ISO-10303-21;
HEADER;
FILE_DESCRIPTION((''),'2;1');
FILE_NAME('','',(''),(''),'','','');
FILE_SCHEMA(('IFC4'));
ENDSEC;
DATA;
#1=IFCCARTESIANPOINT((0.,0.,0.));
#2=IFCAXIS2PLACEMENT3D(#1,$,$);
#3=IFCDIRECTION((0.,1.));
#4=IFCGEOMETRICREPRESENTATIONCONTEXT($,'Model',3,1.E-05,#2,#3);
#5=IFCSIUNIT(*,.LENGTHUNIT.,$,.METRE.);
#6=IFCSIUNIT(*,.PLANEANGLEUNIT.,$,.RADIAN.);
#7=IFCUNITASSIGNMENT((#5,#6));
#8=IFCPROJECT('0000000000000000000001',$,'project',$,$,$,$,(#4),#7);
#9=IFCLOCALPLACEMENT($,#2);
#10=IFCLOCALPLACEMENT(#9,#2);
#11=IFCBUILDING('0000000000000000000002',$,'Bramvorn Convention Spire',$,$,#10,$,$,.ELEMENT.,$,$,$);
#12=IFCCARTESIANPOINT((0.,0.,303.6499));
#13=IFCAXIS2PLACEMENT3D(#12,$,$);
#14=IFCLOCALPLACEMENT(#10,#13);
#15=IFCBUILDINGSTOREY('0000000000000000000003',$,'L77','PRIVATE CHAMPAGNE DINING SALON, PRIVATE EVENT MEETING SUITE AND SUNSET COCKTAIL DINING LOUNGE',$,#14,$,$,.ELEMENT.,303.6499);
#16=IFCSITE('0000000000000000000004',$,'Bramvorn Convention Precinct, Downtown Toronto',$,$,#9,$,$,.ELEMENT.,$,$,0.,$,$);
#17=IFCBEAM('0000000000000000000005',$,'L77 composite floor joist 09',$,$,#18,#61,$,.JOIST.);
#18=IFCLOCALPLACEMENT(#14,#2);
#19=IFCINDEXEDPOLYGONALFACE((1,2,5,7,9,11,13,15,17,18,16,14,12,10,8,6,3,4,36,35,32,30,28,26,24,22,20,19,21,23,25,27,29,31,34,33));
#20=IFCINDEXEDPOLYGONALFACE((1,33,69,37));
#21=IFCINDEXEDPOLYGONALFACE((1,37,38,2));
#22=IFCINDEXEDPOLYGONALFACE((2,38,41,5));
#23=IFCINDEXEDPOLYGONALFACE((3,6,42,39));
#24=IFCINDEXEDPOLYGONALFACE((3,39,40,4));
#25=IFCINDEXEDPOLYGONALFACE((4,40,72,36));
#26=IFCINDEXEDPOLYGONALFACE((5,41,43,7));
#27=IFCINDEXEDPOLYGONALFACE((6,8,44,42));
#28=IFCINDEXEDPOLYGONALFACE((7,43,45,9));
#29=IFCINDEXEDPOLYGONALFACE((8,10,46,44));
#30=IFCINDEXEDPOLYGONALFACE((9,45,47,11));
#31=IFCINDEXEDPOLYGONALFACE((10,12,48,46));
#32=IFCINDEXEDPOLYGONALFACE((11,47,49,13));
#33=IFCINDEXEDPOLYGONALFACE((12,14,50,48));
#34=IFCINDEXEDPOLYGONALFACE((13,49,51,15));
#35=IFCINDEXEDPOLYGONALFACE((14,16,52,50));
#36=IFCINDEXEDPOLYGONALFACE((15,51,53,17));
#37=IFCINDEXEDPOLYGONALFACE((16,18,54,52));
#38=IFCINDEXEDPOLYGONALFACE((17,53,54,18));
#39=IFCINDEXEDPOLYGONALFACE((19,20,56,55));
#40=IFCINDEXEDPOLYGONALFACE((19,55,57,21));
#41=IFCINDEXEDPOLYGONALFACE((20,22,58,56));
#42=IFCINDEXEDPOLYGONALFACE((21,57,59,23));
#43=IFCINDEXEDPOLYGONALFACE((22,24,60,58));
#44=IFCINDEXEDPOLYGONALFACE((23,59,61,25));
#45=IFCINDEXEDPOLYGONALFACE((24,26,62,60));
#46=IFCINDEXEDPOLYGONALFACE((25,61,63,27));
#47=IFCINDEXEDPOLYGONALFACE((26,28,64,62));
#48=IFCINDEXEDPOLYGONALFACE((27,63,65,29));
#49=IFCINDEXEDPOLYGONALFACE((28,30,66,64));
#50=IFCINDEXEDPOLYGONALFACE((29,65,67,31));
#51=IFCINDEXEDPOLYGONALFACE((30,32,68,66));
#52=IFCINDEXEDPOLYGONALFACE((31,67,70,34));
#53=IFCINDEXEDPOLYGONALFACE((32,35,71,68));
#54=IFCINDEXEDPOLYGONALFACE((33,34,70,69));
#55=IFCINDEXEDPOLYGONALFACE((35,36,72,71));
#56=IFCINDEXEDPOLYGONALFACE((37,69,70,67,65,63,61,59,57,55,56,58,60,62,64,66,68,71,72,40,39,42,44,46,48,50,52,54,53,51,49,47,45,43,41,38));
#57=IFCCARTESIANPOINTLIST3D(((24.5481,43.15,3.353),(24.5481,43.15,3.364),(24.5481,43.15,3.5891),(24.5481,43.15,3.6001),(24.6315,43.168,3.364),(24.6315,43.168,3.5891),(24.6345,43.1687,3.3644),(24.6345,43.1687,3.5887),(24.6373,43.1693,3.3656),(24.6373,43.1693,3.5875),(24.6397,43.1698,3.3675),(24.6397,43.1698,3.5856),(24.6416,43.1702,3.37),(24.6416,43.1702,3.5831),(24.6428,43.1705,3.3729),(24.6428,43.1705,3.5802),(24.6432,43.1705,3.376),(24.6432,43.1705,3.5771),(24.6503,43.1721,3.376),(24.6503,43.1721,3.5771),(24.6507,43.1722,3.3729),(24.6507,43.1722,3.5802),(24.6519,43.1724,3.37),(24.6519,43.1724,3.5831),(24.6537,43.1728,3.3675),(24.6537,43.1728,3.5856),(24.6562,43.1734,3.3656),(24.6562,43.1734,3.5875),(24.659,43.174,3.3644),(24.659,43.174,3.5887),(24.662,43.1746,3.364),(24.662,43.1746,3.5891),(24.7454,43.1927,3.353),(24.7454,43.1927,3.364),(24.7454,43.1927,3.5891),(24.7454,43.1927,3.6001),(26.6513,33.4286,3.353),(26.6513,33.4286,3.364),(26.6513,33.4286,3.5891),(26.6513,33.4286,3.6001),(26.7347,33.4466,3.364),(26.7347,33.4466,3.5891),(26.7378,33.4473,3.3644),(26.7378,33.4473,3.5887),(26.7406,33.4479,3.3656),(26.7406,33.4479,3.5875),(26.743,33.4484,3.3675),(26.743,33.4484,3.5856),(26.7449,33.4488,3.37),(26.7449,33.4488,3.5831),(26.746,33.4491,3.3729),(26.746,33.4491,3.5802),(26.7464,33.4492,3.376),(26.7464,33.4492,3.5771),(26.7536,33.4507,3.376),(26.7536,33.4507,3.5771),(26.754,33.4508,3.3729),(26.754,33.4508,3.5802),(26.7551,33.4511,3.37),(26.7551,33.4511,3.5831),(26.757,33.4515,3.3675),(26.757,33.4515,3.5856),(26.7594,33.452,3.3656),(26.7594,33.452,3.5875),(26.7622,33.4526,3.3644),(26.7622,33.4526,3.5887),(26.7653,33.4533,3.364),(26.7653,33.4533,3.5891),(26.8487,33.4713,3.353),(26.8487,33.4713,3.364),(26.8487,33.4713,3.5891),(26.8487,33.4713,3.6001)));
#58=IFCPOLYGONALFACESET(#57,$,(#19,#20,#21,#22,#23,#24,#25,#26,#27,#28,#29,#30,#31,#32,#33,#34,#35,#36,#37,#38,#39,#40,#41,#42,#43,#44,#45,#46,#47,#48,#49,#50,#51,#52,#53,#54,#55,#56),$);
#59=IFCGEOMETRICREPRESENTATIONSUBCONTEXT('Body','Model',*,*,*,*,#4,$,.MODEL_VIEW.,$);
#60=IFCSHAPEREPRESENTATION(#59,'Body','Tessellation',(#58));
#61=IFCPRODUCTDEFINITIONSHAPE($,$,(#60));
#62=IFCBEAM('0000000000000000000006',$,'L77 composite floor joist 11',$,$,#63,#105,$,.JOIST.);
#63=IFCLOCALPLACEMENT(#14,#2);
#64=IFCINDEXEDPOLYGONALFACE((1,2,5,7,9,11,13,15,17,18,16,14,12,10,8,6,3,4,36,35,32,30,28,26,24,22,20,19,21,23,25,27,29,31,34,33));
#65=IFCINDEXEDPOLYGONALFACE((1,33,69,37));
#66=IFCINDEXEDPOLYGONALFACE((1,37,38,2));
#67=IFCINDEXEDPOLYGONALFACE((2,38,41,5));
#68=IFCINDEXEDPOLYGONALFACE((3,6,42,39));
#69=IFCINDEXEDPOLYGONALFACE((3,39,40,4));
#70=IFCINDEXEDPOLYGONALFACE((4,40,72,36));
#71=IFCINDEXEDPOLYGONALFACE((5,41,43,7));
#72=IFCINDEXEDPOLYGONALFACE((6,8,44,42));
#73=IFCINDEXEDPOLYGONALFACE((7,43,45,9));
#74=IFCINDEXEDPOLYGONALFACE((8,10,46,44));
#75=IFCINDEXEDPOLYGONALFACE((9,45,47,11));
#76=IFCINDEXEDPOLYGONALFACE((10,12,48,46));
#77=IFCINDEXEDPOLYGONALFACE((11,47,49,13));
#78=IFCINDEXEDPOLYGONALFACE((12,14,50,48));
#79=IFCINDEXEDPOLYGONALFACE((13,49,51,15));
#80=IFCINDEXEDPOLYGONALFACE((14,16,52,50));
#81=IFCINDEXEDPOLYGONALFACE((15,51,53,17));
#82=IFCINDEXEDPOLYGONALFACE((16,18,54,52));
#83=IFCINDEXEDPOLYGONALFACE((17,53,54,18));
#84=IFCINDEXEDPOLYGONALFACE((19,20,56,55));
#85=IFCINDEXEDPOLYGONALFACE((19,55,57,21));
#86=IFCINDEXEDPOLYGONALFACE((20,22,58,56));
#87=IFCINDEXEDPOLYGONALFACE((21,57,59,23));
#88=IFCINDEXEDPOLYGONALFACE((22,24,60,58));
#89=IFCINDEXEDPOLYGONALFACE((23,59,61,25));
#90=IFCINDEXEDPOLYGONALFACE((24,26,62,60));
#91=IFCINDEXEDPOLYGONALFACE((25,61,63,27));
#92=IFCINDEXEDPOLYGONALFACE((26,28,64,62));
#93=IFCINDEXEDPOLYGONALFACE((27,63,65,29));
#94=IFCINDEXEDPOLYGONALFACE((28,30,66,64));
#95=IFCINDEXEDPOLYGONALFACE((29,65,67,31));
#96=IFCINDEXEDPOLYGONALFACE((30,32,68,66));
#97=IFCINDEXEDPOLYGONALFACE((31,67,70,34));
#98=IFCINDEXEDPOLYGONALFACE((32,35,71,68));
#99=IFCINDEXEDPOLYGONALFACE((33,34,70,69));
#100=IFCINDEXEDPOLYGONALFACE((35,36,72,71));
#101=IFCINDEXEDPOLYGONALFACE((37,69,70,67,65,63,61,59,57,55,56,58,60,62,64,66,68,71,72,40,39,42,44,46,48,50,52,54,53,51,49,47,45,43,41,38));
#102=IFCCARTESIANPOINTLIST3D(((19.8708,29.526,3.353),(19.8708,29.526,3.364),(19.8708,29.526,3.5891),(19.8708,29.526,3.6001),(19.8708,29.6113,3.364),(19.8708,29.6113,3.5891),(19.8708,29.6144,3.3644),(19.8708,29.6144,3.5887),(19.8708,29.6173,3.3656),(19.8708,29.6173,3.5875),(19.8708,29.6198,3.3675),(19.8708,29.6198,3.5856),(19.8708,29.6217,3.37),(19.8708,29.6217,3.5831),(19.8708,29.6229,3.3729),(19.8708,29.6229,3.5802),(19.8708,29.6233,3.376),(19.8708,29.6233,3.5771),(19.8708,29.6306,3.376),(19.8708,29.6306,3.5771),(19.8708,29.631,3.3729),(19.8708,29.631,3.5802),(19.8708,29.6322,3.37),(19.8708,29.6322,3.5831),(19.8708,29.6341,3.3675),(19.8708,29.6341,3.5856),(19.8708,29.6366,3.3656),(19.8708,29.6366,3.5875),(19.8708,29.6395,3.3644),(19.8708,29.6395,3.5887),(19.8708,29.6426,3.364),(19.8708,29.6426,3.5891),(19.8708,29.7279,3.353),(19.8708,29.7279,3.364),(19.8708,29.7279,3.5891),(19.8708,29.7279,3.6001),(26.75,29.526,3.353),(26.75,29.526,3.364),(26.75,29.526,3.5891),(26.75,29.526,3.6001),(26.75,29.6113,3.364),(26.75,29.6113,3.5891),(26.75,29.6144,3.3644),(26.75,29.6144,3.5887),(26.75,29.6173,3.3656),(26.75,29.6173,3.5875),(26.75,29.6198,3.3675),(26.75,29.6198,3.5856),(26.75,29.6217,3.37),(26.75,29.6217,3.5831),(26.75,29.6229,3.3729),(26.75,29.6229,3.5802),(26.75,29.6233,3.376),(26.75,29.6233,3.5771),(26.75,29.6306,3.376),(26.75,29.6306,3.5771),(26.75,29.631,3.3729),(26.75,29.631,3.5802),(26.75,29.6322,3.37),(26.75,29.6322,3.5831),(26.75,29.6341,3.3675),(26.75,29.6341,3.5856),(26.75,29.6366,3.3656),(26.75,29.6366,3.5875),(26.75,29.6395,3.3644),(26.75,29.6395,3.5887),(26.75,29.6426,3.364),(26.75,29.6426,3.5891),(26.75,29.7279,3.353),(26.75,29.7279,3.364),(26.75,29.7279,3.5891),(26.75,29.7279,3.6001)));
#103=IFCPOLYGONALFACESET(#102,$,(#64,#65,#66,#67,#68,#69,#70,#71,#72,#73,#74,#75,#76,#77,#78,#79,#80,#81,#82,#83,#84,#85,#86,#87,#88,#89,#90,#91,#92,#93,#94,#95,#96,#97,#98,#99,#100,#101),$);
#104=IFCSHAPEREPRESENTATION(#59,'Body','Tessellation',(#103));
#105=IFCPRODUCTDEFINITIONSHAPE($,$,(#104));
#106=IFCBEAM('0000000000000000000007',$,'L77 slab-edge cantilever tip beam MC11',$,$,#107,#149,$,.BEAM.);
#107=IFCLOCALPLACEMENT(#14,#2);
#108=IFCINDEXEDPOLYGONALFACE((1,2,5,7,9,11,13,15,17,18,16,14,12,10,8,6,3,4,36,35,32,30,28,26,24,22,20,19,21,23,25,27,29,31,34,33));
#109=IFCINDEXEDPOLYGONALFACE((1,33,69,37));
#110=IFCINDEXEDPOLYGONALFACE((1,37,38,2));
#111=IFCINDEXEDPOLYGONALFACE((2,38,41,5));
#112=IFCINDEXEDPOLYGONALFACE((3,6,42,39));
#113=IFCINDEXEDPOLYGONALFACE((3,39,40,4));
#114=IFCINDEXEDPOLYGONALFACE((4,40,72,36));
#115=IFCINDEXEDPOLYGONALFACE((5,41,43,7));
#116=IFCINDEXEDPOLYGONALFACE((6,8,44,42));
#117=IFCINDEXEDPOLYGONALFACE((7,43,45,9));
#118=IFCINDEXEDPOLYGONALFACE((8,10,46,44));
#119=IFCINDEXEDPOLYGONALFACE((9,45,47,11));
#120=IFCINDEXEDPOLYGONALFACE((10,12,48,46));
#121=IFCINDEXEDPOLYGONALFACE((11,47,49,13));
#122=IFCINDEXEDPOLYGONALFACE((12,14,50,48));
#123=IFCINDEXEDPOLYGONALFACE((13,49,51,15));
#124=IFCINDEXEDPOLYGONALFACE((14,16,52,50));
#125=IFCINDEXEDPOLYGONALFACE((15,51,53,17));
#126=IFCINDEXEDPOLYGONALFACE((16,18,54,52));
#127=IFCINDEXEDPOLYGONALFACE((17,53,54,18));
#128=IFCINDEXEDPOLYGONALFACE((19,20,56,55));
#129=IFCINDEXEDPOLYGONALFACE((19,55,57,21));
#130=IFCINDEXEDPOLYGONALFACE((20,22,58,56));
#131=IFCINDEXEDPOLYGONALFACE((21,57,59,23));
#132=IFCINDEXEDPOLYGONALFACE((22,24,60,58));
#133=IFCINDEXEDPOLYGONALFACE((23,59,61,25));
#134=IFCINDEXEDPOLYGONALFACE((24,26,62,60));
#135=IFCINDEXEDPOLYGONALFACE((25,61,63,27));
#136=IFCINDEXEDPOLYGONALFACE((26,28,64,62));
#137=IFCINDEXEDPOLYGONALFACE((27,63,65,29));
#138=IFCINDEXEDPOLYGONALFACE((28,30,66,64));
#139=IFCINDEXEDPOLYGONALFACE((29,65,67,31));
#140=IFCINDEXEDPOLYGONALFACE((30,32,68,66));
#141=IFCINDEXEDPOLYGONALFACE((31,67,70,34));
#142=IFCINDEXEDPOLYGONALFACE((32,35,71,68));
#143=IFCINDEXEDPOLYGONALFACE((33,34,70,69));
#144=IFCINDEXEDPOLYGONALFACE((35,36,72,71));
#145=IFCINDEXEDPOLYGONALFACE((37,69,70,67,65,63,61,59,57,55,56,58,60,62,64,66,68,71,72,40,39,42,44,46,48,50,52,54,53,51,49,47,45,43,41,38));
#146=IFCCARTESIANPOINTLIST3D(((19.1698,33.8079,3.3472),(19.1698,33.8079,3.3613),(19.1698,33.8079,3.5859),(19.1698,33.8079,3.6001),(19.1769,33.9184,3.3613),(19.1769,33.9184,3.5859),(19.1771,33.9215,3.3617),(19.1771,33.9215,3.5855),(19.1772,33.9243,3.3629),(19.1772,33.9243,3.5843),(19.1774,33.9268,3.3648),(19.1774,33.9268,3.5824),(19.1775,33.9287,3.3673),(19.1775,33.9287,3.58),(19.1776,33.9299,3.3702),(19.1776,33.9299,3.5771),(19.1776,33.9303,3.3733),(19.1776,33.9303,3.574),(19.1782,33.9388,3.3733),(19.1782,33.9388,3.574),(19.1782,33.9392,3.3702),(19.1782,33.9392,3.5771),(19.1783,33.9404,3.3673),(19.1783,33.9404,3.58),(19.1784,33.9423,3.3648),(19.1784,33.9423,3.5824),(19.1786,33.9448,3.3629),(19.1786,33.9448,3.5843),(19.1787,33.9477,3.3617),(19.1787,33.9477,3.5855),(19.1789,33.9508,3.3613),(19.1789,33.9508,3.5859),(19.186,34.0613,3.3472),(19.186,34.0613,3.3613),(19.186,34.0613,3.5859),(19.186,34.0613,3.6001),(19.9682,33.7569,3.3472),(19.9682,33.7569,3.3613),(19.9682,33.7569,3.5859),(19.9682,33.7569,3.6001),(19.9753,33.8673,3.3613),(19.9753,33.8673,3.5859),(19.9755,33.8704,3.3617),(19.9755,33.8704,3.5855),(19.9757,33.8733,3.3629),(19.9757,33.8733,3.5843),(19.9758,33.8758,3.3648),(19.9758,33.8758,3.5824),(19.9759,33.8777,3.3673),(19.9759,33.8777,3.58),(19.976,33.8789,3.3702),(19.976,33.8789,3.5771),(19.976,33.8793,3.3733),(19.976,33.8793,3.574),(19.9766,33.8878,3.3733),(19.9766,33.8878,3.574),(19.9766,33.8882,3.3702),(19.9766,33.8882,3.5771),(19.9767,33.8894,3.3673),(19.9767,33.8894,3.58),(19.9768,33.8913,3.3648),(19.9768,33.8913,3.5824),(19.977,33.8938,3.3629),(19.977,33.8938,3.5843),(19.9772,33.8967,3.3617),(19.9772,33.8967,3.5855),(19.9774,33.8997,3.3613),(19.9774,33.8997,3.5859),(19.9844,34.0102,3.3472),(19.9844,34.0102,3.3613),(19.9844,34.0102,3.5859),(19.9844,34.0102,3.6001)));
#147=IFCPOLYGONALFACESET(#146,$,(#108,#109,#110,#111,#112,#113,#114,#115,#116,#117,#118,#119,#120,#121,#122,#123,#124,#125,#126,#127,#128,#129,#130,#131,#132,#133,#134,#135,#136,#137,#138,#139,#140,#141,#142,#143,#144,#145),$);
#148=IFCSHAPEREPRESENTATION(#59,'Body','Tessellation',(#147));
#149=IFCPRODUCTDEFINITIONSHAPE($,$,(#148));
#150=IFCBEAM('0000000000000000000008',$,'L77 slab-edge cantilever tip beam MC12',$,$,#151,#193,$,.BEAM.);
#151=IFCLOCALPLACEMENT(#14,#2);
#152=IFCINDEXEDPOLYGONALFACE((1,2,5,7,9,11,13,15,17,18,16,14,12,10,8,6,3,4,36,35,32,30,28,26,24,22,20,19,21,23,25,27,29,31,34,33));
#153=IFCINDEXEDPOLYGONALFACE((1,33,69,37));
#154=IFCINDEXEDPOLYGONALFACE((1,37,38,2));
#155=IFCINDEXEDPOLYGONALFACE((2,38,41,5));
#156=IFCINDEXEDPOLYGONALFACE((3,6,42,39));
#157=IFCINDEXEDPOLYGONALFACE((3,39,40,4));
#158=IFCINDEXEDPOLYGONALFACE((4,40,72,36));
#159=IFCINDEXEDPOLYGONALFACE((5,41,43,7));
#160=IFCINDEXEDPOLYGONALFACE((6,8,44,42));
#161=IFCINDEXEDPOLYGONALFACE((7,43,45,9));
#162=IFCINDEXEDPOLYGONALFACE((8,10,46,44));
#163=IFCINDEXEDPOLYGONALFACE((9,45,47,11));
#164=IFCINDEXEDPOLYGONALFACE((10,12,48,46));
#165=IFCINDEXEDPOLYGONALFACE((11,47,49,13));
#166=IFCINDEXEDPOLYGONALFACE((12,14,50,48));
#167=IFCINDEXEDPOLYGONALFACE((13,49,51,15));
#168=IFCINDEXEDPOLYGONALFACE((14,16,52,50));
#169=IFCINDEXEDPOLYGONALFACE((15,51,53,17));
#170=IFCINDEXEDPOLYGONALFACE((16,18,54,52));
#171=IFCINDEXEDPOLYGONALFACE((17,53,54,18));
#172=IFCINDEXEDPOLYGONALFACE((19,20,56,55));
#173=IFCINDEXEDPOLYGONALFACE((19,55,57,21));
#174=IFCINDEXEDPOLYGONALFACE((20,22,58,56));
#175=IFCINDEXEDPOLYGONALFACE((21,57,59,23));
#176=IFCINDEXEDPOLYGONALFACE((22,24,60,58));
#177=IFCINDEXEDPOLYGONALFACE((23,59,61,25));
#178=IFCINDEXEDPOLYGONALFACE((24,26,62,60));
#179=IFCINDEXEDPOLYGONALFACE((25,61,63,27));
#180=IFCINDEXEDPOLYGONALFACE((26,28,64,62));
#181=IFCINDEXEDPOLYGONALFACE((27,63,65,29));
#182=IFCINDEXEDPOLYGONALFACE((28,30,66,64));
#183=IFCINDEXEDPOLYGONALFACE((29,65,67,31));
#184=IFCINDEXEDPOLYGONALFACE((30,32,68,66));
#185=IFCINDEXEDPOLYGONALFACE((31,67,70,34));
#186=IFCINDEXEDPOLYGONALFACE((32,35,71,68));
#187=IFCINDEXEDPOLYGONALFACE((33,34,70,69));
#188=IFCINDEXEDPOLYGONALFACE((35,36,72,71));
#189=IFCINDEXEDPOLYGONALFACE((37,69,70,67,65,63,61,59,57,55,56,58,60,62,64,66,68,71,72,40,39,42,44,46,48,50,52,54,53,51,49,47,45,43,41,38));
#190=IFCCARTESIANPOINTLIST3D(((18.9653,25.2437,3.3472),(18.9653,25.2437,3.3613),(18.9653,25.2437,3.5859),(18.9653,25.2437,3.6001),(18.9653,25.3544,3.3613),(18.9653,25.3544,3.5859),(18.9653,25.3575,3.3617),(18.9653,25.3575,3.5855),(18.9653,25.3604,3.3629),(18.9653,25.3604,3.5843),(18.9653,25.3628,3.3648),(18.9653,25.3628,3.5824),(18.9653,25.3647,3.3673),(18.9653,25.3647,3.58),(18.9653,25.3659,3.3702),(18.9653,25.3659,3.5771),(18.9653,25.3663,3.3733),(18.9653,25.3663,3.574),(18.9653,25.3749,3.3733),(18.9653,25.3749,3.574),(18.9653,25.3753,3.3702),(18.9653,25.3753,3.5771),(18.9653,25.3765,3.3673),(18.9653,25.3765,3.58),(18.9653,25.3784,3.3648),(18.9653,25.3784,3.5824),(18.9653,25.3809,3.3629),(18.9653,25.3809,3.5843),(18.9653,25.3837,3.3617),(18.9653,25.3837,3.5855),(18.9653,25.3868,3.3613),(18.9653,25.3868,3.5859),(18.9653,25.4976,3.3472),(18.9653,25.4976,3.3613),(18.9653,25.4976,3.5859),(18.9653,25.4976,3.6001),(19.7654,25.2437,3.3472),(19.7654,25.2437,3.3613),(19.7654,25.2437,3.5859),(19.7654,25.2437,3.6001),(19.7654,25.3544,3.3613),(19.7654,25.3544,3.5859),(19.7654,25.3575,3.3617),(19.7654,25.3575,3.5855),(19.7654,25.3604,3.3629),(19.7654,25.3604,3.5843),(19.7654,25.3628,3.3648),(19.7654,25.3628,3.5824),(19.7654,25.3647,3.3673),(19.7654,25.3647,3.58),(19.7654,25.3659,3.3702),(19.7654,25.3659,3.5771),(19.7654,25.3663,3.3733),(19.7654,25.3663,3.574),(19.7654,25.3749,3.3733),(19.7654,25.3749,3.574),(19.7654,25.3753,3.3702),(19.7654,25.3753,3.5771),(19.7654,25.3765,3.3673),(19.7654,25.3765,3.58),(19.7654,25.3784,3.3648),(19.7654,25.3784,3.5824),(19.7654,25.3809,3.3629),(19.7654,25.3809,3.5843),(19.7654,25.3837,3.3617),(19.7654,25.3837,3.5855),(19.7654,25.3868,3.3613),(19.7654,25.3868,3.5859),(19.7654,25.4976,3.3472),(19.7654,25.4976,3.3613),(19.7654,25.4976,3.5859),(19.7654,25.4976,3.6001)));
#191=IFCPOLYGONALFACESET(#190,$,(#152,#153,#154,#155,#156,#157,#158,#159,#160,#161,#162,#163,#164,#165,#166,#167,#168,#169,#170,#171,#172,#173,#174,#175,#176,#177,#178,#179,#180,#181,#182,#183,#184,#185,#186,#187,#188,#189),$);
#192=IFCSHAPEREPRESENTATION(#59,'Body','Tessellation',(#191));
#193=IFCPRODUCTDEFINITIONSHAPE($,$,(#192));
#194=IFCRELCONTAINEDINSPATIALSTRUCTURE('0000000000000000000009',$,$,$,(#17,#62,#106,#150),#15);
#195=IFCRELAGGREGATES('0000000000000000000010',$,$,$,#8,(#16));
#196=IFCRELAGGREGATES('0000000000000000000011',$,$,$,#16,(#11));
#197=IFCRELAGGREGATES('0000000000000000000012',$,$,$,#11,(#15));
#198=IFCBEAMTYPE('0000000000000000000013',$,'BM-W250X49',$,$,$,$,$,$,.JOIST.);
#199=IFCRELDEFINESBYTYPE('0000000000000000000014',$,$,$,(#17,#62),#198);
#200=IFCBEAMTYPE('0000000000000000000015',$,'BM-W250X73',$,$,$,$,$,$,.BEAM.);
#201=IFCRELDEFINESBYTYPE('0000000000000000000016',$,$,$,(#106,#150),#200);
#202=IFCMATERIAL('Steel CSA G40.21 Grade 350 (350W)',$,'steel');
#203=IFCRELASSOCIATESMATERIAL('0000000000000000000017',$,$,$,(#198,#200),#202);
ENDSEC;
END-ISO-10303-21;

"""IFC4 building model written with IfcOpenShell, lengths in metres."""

from ifc_helpers import new_model, si_unit, direction, frame, origin, origin_2d, place, context, subcontext, project, spatial, i_section, extrude, material, material_profile, profile_set, type_object, element, save


model = new_model("IFC4")

# Units and contexts
model_context = context("Model", 3, precision=1e-05, world=origin(), true_north=direction((0.0, 1.0)))
body_context = subcontext(model_context, "Body", "Model", "MODEL_VIEW")
ifc_project = project(units=[si_unit("LENGTHUNIT", "METRE"), si_unit("PLANEANGLEUNIT", "RADIAN")], contexts=[model_context])

# Site, building, storey
site_placement = place(None, origin())
site = spatial("IfcSite", under=ifc_project, at=site_placement, Name="Bramvorn Convention Precinct, Downtown Toronto", CompositionType="ELEMENT", RefElevation=0.0)
building_placement = place(site_placement, origin())
building = spatial("IfcBuilding", under=site, at=building_placement, Name="Bramvorn Convention Spire", CompositionType="ELEMENT")
storey_placement = place(building_placement, frame((0.0, 0.0, 303.6499)))
storey = spatial("IfcBuildingStorey", under=building, at=storey_placement, Name="L77", Description="PRIVATE CHAMPAGNE DINING SALON, PRIVATE EVENT MEETING SUITE AND SUNSET COCKTAIL DINING LOUNGE", CompositionType="ELEMENT", Elevation=303.6499)

# Shared definitions
ifc_material_1 = material(Name="Steel CSA G40.21 Grade 350 (350W)", Category="steel")

# Beams
ifc_material_profile_1 = material_profile(ifc_material_1, i_section(OverallWidth=0.2019, OverallDepth=0.2471, WebThickness=0.0073, FlangeThickness=0.011, FilletRadius=0.012, at=origin_2d()))
ifc_profile_set_1 = profile_set([ifc_material_profile_1], Name="Steel CSA G40.21 Grade 350 (350W) - W250X49")
beam_type_1 = type_object("IfcBeamType", Name="BM-W250X49", PredefinedType="JOIST", material=ifc_profile_set_1)
beam_1_placement = place(storey_placement, frame((26.75, 33.45, 3.4766), z_axis=(-0.211461, 0.977386, 0.0), x_axis=(-0.977386, -0.211461, 0.0)))
element("IfcBeam", 1, at=beam_1_placement, inside=storey, type_object=beam_type_1, Name="L77 composite floor joist 09", PredefinedType="JOIST", context=body_context, shape_type="SweptSolid", body=[
    extrude(i_section(OverallWidth=0.2019, OverallDepth=0.2471, WebThickness=0.0073, FlangeThickness=0.011, FilletRadius=0.012, at=origin_2d()), origin(), (0.0, 0.0, 1.0), 9.9463),
])
beam_2_placement = place(storey_placement, frame((26.75, 29.627, 3.4766), z_axis=(-1.0, 0.0, 0.0), x_axis=(0.0, -1.0, 0.0)))
element("IfcBeam", 2, at=beam_2_placement, inside=storey, type_object=beam_type_1, Name="L77 composite floor joist 11", PredefinedType="JOIST", context=body_context, shape_type="SweptSolid", body=[
    extrude(i_section(OverallWidth=0.2019, OverallDepth=0.2471, WebThickness=0.0073, FlangeThickness=0.011, FilletRadius=0.012, at=origin_2d()), origin(), (0.0, 0.0, 1.0), 6.8792),
])
ifc_material_profile_2 = material_profile(ifc_material_1, i_section(OverallWidth=0.2539, OverallDepth=0.2529, WebThickness=0.0085, FlangeThickness=0.0142, FilletRadius=0.012, at=origin_2d()))
ifc_profile_set_2 = profile_set([ifc_material_profile_2], Name="Steel CSA G40.21 Grade 350 (350W) - W250X73")
beam_type_2 = type_object("IfcBeamType", Name="BM-W250X73", PredefinedType="BEAM", material=ifc_profile_set_2)
for number, where, z_axis, x_axis, name in (
    (3, (19.9763, 33.8835, 3.4736), (-0.997964, 0.063784, 0.0), (-0.063784, -0.997964, 0.0), "L77 slab-edge cantilever tip beam MC11"),
    (4, (19.7654, 25.3706, 3.4736), (-1.0, 0.0, 0.0), (0.0, -1.0, 0.0), "L77 slab-edge cantilever tip beam MC12"),
):
    element("IfcBeam", number, at=place(storey_placement, frame(where, z_axis=z_axis, x_axis=x_axis)), inside=storey, type_object=beam_type_2, Name=name, PredefinedType="BEAM", context=body_context, shape_type="SweptSolid", body=[
        extrude(i_section(OverallWidth=0.2539, OverallDepth=0.2529, WebThickness=0.0085, FlangeThickness=0.0142, FilletRadius=0.012, at=origin_2d()), origin(), (0.0, 0.0, 1.0), 0.8),
    ])

save(model, "model.ifc")
